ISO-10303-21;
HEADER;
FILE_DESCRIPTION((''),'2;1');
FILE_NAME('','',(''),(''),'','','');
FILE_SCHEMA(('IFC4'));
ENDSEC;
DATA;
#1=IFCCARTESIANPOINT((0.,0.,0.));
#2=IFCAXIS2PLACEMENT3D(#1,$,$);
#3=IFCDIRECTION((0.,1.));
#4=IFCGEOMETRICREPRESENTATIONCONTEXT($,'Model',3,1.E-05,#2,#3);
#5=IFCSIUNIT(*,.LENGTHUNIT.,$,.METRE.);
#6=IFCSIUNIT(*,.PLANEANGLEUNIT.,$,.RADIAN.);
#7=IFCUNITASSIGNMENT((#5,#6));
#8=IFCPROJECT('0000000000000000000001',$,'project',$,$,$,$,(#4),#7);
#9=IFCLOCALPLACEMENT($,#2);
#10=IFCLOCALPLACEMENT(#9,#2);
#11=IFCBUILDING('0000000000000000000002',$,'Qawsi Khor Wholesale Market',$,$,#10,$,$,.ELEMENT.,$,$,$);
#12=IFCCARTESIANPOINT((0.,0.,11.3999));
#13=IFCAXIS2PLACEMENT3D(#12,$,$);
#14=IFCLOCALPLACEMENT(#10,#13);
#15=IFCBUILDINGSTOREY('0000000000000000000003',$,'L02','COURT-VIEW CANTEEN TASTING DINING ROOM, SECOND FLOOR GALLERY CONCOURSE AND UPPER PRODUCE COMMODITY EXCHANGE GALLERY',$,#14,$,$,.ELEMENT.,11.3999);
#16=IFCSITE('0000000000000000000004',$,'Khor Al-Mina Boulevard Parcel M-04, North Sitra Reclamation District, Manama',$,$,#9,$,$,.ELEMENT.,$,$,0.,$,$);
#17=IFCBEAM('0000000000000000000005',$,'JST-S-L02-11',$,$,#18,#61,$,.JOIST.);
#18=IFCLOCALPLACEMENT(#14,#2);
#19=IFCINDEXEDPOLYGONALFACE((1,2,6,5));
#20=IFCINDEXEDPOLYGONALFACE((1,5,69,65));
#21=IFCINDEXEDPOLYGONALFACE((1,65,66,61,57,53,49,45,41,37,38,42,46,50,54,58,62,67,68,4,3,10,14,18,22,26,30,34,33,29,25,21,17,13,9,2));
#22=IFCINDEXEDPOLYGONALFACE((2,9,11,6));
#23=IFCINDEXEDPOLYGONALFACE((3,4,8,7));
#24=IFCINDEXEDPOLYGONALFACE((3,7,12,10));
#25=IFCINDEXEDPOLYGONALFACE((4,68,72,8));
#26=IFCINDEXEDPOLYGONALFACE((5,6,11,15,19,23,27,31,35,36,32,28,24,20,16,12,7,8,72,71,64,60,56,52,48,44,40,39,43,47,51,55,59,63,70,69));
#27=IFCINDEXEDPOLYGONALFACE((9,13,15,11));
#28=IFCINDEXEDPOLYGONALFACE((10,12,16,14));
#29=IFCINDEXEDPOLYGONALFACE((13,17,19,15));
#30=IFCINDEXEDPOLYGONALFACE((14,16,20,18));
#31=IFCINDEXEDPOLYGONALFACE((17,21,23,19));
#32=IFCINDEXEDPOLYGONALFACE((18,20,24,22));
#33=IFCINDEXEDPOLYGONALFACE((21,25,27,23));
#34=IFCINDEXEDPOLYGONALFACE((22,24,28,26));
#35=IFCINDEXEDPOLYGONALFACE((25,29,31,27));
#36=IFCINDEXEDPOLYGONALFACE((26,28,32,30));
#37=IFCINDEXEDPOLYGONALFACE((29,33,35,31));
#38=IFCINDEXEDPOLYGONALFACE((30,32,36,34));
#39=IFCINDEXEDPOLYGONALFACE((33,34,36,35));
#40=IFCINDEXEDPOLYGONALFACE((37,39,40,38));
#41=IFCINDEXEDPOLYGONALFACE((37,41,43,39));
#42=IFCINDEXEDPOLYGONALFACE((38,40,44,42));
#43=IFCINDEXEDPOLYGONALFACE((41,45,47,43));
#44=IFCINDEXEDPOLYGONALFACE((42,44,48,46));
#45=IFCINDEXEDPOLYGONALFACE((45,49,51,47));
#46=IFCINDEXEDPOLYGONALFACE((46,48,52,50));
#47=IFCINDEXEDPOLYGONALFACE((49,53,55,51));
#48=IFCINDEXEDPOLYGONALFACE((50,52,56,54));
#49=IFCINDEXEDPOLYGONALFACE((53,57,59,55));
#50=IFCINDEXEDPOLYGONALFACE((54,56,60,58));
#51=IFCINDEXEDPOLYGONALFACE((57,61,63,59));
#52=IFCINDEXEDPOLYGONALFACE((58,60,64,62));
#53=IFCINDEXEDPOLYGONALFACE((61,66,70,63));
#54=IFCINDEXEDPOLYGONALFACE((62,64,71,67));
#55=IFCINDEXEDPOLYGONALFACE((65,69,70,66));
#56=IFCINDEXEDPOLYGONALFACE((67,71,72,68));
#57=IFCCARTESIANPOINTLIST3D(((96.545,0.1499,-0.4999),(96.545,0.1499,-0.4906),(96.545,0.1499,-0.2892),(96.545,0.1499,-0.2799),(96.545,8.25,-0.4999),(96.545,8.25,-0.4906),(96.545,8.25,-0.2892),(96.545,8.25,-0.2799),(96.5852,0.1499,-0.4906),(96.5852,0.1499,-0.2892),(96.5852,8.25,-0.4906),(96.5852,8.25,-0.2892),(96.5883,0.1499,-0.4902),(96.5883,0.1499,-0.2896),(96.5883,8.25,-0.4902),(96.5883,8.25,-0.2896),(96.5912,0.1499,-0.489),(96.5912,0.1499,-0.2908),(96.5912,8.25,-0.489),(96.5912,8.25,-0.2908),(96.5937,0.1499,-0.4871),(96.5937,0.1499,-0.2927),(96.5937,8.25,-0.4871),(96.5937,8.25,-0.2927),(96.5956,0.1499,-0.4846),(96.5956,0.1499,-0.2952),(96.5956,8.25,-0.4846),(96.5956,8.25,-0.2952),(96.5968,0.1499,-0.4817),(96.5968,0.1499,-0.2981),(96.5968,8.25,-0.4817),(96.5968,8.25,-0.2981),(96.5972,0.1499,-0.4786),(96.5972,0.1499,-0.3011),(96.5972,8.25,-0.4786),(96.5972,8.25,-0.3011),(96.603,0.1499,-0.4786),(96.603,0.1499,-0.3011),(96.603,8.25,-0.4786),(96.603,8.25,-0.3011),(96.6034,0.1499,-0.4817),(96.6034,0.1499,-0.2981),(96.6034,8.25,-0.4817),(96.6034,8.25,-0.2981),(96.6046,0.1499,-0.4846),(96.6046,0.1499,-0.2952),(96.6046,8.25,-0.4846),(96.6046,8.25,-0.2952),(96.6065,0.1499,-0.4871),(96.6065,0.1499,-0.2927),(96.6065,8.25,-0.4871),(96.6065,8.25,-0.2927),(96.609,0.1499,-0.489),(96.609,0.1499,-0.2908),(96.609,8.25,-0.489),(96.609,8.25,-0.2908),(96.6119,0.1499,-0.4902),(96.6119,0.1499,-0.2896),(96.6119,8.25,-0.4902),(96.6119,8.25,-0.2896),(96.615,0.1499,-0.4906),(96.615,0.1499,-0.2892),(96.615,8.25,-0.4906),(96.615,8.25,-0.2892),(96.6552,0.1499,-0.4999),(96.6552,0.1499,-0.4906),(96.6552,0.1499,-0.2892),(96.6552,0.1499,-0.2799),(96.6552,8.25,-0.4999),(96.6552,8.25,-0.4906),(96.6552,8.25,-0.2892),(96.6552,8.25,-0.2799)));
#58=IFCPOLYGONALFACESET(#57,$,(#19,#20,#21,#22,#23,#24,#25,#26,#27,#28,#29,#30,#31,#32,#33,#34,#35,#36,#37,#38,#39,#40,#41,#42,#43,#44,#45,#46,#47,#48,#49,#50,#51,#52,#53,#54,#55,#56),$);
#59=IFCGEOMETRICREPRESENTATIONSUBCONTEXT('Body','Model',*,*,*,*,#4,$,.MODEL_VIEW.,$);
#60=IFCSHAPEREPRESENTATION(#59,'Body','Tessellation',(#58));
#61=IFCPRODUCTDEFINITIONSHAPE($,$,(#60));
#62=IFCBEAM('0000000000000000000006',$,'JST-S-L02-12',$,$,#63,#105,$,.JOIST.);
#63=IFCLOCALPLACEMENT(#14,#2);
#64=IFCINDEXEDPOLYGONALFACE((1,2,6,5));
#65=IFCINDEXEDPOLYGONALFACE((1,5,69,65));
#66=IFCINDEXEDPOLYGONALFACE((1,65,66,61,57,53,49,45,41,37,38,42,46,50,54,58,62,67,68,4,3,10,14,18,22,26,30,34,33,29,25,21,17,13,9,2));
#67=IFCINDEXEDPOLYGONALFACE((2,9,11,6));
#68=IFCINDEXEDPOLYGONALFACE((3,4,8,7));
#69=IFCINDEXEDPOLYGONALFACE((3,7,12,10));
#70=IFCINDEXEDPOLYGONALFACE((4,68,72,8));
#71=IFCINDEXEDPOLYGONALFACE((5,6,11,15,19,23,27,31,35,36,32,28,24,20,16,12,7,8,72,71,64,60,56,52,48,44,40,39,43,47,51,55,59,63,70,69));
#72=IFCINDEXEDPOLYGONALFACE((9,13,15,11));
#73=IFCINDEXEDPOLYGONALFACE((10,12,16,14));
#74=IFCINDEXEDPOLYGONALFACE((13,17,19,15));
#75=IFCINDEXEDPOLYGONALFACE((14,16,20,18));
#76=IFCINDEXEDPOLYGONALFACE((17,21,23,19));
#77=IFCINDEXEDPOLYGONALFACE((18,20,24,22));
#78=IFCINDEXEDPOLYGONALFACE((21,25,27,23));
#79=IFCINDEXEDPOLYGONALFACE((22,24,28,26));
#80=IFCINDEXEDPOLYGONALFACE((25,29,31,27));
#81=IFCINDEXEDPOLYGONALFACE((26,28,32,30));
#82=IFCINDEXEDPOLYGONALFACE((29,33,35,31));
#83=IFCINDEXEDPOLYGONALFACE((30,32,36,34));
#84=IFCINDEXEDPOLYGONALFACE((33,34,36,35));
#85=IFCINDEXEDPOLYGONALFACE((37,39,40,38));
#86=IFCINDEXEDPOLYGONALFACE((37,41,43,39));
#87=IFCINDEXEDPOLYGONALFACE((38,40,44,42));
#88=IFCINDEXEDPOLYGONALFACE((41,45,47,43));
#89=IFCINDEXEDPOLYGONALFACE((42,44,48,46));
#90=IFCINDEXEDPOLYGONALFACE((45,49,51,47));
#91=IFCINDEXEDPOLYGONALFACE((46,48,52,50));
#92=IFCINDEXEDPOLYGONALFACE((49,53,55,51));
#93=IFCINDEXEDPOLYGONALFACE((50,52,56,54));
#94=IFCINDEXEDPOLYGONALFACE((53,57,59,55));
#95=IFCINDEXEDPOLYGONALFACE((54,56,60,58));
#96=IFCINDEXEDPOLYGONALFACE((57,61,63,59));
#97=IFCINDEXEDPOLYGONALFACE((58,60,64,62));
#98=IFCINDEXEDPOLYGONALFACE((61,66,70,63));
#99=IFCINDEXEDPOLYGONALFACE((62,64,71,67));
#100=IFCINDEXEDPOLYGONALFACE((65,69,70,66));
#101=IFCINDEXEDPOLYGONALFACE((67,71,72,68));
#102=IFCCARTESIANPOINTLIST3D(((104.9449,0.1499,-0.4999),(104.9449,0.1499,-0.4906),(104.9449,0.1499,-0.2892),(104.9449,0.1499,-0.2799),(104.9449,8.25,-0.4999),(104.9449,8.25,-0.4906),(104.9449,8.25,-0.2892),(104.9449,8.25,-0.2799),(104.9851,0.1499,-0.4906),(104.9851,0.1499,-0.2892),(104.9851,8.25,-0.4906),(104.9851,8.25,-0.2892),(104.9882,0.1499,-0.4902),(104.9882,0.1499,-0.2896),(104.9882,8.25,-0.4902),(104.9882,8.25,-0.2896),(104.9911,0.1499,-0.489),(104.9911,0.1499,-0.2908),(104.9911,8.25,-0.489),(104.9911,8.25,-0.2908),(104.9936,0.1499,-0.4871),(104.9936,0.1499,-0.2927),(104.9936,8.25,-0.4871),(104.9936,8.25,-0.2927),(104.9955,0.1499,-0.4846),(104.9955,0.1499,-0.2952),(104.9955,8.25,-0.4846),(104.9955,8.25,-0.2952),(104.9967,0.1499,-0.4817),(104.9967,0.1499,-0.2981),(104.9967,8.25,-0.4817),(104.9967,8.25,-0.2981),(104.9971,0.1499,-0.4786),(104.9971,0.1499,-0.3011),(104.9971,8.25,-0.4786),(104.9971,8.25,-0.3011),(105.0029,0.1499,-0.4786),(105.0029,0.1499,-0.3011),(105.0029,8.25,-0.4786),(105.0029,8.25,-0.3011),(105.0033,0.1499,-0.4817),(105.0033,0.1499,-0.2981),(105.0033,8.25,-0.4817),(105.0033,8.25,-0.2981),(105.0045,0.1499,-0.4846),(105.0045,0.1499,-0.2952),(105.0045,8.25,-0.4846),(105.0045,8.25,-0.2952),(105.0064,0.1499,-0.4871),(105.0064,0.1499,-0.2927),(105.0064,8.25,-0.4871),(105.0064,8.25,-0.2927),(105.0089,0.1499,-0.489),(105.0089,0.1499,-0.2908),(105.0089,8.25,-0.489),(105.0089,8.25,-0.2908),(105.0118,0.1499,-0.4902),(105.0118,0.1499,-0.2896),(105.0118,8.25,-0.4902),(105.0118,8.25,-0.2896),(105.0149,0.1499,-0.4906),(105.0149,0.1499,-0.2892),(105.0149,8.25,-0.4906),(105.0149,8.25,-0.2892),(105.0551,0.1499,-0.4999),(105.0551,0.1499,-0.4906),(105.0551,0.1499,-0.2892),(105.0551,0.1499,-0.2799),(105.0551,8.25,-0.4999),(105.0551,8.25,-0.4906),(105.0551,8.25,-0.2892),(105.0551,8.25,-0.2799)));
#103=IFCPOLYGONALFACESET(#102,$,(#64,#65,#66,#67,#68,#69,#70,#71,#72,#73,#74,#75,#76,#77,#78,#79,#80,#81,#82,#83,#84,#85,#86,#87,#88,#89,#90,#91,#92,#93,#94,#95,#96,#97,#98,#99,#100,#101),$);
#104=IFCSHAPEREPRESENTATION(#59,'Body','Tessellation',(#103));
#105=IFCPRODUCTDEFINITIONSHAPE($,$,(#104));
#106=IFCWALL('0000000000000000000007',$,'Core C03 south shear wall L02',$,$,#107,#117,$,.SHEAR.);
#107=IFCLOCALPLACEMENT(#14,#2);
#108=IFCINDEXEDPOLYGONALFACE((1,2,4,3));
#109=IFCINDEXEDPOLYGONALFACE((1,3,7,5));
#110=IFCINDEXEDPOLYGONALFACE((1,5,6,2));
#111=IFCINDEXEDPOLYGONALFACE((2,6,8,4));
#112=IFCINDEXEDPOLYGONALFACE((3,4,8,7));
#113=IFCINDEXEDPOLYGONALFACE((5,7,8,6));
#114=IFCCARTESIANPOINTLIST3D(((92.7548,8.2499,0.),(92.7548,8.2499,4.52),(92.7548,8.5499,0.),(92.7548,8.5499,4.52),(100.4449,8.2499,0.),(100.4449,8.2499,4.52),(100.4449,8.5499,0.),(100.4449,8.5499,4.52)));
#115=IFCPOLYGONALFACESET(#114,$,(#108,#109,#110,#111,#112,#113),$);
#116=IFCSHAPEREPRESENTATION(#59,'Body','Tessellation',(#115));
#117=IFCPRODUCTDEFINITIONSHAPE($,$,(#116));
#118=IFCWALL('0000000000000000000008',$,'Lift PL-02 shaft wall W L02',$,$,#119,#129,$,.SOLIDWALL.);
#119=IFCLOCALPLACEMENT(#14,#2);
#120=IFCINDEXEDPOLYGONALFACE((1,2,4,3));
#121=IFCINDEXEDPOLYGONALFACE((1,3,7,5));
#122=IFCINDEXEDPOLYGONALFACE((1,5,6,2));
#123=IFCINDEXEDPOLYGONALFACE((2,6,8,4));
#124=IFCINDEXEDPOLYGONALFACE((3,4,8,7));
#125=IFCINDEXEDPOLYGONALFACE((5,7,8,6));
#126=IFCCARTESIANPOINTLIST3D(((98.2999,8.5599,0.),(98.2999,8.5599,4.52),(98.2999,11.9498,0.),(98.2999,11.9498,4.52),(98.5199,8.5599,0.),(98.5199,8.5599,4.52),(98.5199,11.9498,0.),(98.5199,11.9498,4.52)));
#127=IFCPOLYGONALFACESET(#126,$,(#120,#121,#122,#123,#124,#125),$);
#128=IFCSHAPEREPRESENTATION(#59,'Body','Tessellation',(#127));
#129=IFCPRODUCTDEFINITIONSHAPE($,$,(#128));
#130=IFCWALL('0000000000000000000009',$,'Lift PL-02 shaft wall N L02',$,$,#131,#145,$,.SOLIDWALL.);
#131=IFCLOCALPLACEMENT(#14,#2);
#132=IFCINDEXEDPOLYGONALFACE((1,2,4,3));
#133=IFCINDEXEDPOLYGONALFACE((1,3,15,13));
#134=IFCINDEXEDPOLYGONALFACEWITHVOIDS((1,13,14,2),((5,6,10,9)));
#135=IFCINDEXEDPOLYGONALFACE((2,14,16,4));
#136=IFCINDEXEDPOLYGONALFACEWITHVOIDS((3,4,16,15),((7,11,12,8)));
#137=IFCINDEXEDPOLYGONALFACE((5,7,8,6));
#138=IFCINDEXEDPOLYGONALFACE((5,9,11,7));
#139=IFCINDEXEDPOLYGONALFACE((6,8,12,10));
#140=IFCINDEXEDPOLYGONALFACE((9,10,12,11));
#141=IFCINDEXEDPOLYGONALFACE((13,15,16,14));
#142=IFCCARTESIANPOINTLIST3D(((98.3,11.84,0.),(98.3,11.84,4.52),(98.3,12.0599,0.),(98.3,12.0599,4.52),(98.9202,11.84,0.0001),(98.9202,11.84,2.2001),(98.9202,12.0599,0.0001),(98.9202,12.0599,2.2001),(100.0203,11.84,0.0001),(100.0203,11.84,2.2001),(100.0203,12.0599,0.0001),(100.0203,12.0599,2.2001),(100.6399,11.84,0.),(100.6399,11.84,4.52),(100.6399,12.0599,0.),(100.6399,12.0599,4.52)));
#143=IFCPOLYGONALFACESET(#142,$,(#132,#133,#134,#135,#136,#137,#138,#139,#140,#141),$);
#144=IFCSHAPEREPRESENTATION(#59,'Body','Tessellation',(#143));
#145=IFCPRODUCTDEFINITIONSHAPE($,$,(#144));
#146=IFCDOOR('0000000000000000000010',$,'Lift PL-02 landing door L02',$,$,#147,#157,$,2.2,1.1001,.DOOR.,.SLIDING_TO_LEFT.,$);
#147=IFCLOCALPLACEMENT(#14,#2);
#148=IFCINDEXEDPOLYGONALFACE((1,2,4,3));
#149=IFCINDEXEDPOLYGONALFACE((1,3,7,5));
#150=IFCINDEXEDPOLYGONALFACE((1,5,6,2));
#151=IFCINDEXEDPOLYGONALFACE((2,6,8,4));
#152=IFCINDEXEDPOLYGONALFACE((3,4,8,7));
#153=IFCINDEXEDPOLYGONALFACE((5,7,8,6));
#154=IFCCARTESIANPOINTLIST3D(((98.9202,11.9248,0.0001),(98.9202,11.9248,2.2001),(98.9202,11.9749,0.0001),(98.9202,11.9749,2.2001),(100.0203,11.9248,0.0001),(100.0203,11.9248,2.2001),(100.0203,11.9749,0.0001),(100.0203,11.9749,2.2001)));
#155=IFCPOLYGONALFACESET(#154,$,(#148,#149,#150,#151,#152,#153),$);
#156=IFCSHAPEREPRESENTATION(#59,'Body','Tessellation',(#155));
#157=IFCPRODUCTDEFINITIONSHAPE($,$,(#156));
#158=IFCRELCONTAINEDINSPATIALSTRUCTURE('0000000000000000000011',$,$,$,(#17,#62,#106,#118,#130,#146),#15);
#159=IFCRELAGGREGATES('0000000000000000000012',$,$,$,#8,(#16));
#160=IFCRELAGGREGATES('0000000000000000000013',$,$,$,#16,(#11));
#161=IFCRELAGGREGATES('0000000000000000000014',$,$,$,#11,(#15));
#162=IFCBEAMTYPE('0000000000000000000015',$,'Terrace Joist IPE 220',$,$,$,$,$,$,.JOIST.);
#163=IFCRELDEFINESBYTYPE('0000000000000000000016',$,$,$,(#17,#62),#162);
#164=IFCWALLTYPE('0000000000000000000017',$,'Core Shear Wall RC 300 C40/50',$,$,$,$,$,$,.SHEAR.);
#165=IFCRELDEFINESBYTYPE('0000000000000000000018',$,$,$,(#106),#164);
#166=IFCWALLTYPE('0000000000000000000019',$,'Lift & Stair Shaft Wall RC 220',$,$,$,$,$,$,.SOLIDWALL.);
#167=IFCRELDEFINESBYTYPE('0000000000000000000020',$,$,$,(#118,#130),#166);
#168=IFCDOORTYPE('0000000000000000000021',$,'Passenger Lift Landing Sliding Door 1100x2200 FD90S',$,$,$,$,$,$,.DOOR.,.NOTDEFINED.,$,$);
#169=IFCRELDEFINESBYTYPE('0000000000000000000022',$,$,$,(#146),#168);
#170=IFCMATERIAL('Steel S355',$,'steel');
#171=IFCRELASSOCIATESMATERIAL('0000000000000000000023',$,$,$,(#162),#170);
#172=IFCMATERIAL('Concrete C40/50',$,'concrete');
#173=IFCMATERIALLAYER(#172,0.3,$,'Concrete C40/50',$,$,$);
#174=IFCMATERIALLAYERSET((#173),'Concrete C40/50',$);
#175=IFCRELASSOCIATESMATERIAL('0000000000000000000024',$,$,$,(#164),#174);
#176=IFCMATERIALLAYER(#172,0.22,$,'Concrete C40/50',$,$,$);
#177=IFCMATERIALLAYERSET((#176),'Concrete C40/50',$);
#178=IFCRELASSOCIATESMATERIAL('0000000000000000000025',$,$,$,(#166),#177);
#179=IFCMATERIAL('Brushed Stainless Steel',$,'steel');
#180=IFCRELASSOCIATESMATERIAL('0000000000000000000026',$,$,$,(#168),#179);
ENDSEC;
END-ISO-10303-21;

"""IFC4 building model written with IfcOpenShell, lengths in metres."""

from ifc_helpers import new_model, si_unit, direction, frame, frame_2d, origin, origin_2d, place, context, subcontext, project, spatial, rectangle, i_section, extrude, material, layer, layer_set, material_profile, profile_set, type_object, element, fill, save


model = new_model("IFC4")

# Units and contexts
model_context = context("Model", 3, precision=1e-05, world=origin(), true_north=direction((0.0, 1.0)))
body_context = subcontext(model_context, "Body", "Model", "MODEL_VIEW")
ifc_project = project(units=[si_unit("LENGTHUNIT", "METRE"), si_unit("PLANEANGLEUNIT", "RADIAN")], contexts=[model_context])

# Site, building, storey
site_placement = place(None, origin())
site = spatial("IfcSite", under=ifc_project, at=site_placement, Name="Khor Al-Mina Boulevard Parcel M-04, North Sitra Reclamation District, Manama", CompositionType="ELEMENT", RefElevation=0.0)
building_placement = place(site_placement, origin())
building = spatial("IfcBuilding", under=site, at=building_placement, Name="Qawsi Khor Wholesale Market", CompositionType="ELEMENT")
storey_placement = place(building_placement, frame((0.0, 0.0, 11.3999)))
storey = spatial("IfcBuildingStorey", under=building, at=storey_placement, Name="L02", Description="COURT-VIEW CANTEEN TASTING DINING ROOM, SECOND FLOOR GALLERY CONCOURSE AND UPPER PRODUCE COMMODITY EXCHANGE GALLERY", CompositionType="ELEMENT", Elevation=11.3999)

# Shared definitions
ifc_material_1 = material(Name="Concrete C40/50", Category="concrete")

# Beams
ifc_material_2 = material(Name="Steel S355", Category="steel")
ifc_material_profile_1 = material_profile(ifc_material_2, i_section(OverallWidth=0.1101, OverallDepth=0.22, WebThickness=0.0059, FlangeThickness=0.0093, FilletRadius=0.012, at=origin_2d()), Name="IPE 220")
ifc_profile_set_1 = profile_set([ifc_material_profile_1], Name="Steel S355")
beam_type_1 = type_object("IfcBeamType", Name="Terrace Joist IPE 220", PredefinedType="JOIST", material=ifc_profile_set_1)
for number, where, z_axis, x_axis, name in (
    (1, (96.6001, 0.1499, -0.3899), (0.0, 1.0, 0.0), (-1.0, 0.0, 0.0), "JST-S-L02-11"),
    (2, (105.0, 0.1499, -0.3899), (0.0, 1.0, 0.0), (-1.0, 0.0, 0.0), "JST-S-L02-12"),
):
    element("IfcBeam", number, at=place(storey_placement, frame(where, z_axis=z_axis, x_axis=x_axis)), inside=storey, type_object=beam_type_1, Name=name, PredefinedType="JOIST", context=body_context, shape_type="SweptSolid", body=[
        extrude(i_section(OverallWidth=0.1101, OverallDepth=0.22, WebThickness=0.0059, FlangeThickness=0.0093, FilletRadius=0.012, at=origin_2d()), origin(), (0.0, 0.0, 1.0), 8.1001),
    ])

# Walls
ifc_layer_1 = layer(ifc_material_1, 0.3, Name="Concrete C40/50")
ifc_layer_set_1 = layer_set([ifc_layer_1], Name="Concrete C40/50")
wall_type_1 = type_object("IfcWallType", Name="Core Shear Wall RC 300 C40/50", PredefinedType="SHEAR", material=ifc_layer_set_1)
wall_1_placement = place(storey_placement, frame((100.4451, 8.3999, 0.0), z_axis=(0.0, 0.0, 1.0), x_axis=(-1.0, 0.0, 0.0)))
element("IfcWall", 3, at=wall_1_placement, inside=storey, type_object=wall_type_1, Name="Core C03 south shear wall L02", PredefinedType="SHEAR", context=body_context, shape_type="SweptSolid", body=[
    extrude(rectangle(XDim=7.6902, YDim=0.3, at=frame_2d((3.8452, 0.0))), origin(), (0.0, 0.0, 1.0), 4.52),
])
ifc_layer_2 = layer(ifc_material_1, 0.22, Name="Concrete C40/50")
ifc_layer_set_2 = layer_set([ifc_layer_2], Name="Concrete C40/50")
wall_type_2 = type_object("IfcWallType", Name="Lift & Stair Shaft Wall RC 220", PredefinedType="SOLIDWALL", material=ifc_layer_set_2)
wall_2_placement = place(storey_placement, frame((98.4099, 8.5601, 0.0), z_axis=(0.0, 0.0, 1.0), x_axis=(0.0, 1.0, 0.0)))
element("IfcWall", 4, at=wall_2_placement, inside=storey, type_object=wall_type_2, Name="Lift PL-02 shaft wall W L02", PredefinedType="SOLIDWALL", context=body_context, shape_type="SweptSolid", body=[
    extrude(rectangle(XDim=3.3899, YDim=0.22, at=frame_2d((1.6948, 0.0))), origin(), (0.0, 0.0, 1.0), 4.52),
])

# Wall, opening, door
wall_3_placement = place(storey_placement, frame((98.3, 11.95, 0.0), z_axis=(0.0, 0.0, 1.0), x_axis=(1.0, 0.0, 0.0)))
wall_3 = element("IfcWall", 5, at=wall_3_placement, inside=storey, type_object=wall_type_2, Name="Lift PL-02 shaft wall N L02", PredefinedType="SOLIDWALL", context=body_context, shape_type="SweptSolid", body=[
    extrude(rectangle(XDim=2.3398, YDim=0.22, at=frame_2d((1.1699, 0.0))), origin(), (0.0, 0.0, 1.0), 4.52),
])
opening_1_placement = place(wall_3_placement, frame((0.6201, 0.0, 0.0)))
opening_1 = element("IfcOpeningElement", 6, at=opening_1_placement, cuts=wall_3, PredefinedType="OPENING", context=body_context, shape_type="SweptSolid", body=[
    extrude(rectangle(XDim=1.1001, YDim=2.2, at=frame_2d((0.55, 1.1001))), frame((0.0, 0.1199, 0.0), z_axis=(0.0, -1.0, 0.0), x_axis=(1.0, 0.0, 0.0)), (0.0, 0.0, 1.0), 0.24),
])
ifc_material_3 = material(Name="Brushed Stainless Steel", Category="steel")
door_type_1 = type_object("IfcDoorType", Name="Passenger Lift Landing Sliding Door 1100x2200 FD90S", OperationType="NOTDEFINED", PredefinedType="DOOR", material=ifc_material_3)
door_1_placement = place(opening_1_placement, origin())
door_1 = element("IfcDoor", 7, at=door_1_placement, inside=storey, type_object=door_type_1, Name="Lift PL-02 landing door L02", OperationType="SLIDING_TO_LEFT", OverallHeight=2.2, OverallWidth=1.1001, PredefinedType="DOOR", context=body_context, shape_type="SweptSolid", body=[
    extrude(rectangle(XDim=1.1001, YDim=2.2, at=frame_2d((0.55, 1.1001))), frame((0.0, 0.0249, 0.0), z_axis=(0.0, -1.0, 0.0), x_axis=(1.0, 0.0, 0.0)), (0.0, 0.0, 1.0), 0.05),
])
fill(opening_1, door_1)

save(model, "model.ifc")
